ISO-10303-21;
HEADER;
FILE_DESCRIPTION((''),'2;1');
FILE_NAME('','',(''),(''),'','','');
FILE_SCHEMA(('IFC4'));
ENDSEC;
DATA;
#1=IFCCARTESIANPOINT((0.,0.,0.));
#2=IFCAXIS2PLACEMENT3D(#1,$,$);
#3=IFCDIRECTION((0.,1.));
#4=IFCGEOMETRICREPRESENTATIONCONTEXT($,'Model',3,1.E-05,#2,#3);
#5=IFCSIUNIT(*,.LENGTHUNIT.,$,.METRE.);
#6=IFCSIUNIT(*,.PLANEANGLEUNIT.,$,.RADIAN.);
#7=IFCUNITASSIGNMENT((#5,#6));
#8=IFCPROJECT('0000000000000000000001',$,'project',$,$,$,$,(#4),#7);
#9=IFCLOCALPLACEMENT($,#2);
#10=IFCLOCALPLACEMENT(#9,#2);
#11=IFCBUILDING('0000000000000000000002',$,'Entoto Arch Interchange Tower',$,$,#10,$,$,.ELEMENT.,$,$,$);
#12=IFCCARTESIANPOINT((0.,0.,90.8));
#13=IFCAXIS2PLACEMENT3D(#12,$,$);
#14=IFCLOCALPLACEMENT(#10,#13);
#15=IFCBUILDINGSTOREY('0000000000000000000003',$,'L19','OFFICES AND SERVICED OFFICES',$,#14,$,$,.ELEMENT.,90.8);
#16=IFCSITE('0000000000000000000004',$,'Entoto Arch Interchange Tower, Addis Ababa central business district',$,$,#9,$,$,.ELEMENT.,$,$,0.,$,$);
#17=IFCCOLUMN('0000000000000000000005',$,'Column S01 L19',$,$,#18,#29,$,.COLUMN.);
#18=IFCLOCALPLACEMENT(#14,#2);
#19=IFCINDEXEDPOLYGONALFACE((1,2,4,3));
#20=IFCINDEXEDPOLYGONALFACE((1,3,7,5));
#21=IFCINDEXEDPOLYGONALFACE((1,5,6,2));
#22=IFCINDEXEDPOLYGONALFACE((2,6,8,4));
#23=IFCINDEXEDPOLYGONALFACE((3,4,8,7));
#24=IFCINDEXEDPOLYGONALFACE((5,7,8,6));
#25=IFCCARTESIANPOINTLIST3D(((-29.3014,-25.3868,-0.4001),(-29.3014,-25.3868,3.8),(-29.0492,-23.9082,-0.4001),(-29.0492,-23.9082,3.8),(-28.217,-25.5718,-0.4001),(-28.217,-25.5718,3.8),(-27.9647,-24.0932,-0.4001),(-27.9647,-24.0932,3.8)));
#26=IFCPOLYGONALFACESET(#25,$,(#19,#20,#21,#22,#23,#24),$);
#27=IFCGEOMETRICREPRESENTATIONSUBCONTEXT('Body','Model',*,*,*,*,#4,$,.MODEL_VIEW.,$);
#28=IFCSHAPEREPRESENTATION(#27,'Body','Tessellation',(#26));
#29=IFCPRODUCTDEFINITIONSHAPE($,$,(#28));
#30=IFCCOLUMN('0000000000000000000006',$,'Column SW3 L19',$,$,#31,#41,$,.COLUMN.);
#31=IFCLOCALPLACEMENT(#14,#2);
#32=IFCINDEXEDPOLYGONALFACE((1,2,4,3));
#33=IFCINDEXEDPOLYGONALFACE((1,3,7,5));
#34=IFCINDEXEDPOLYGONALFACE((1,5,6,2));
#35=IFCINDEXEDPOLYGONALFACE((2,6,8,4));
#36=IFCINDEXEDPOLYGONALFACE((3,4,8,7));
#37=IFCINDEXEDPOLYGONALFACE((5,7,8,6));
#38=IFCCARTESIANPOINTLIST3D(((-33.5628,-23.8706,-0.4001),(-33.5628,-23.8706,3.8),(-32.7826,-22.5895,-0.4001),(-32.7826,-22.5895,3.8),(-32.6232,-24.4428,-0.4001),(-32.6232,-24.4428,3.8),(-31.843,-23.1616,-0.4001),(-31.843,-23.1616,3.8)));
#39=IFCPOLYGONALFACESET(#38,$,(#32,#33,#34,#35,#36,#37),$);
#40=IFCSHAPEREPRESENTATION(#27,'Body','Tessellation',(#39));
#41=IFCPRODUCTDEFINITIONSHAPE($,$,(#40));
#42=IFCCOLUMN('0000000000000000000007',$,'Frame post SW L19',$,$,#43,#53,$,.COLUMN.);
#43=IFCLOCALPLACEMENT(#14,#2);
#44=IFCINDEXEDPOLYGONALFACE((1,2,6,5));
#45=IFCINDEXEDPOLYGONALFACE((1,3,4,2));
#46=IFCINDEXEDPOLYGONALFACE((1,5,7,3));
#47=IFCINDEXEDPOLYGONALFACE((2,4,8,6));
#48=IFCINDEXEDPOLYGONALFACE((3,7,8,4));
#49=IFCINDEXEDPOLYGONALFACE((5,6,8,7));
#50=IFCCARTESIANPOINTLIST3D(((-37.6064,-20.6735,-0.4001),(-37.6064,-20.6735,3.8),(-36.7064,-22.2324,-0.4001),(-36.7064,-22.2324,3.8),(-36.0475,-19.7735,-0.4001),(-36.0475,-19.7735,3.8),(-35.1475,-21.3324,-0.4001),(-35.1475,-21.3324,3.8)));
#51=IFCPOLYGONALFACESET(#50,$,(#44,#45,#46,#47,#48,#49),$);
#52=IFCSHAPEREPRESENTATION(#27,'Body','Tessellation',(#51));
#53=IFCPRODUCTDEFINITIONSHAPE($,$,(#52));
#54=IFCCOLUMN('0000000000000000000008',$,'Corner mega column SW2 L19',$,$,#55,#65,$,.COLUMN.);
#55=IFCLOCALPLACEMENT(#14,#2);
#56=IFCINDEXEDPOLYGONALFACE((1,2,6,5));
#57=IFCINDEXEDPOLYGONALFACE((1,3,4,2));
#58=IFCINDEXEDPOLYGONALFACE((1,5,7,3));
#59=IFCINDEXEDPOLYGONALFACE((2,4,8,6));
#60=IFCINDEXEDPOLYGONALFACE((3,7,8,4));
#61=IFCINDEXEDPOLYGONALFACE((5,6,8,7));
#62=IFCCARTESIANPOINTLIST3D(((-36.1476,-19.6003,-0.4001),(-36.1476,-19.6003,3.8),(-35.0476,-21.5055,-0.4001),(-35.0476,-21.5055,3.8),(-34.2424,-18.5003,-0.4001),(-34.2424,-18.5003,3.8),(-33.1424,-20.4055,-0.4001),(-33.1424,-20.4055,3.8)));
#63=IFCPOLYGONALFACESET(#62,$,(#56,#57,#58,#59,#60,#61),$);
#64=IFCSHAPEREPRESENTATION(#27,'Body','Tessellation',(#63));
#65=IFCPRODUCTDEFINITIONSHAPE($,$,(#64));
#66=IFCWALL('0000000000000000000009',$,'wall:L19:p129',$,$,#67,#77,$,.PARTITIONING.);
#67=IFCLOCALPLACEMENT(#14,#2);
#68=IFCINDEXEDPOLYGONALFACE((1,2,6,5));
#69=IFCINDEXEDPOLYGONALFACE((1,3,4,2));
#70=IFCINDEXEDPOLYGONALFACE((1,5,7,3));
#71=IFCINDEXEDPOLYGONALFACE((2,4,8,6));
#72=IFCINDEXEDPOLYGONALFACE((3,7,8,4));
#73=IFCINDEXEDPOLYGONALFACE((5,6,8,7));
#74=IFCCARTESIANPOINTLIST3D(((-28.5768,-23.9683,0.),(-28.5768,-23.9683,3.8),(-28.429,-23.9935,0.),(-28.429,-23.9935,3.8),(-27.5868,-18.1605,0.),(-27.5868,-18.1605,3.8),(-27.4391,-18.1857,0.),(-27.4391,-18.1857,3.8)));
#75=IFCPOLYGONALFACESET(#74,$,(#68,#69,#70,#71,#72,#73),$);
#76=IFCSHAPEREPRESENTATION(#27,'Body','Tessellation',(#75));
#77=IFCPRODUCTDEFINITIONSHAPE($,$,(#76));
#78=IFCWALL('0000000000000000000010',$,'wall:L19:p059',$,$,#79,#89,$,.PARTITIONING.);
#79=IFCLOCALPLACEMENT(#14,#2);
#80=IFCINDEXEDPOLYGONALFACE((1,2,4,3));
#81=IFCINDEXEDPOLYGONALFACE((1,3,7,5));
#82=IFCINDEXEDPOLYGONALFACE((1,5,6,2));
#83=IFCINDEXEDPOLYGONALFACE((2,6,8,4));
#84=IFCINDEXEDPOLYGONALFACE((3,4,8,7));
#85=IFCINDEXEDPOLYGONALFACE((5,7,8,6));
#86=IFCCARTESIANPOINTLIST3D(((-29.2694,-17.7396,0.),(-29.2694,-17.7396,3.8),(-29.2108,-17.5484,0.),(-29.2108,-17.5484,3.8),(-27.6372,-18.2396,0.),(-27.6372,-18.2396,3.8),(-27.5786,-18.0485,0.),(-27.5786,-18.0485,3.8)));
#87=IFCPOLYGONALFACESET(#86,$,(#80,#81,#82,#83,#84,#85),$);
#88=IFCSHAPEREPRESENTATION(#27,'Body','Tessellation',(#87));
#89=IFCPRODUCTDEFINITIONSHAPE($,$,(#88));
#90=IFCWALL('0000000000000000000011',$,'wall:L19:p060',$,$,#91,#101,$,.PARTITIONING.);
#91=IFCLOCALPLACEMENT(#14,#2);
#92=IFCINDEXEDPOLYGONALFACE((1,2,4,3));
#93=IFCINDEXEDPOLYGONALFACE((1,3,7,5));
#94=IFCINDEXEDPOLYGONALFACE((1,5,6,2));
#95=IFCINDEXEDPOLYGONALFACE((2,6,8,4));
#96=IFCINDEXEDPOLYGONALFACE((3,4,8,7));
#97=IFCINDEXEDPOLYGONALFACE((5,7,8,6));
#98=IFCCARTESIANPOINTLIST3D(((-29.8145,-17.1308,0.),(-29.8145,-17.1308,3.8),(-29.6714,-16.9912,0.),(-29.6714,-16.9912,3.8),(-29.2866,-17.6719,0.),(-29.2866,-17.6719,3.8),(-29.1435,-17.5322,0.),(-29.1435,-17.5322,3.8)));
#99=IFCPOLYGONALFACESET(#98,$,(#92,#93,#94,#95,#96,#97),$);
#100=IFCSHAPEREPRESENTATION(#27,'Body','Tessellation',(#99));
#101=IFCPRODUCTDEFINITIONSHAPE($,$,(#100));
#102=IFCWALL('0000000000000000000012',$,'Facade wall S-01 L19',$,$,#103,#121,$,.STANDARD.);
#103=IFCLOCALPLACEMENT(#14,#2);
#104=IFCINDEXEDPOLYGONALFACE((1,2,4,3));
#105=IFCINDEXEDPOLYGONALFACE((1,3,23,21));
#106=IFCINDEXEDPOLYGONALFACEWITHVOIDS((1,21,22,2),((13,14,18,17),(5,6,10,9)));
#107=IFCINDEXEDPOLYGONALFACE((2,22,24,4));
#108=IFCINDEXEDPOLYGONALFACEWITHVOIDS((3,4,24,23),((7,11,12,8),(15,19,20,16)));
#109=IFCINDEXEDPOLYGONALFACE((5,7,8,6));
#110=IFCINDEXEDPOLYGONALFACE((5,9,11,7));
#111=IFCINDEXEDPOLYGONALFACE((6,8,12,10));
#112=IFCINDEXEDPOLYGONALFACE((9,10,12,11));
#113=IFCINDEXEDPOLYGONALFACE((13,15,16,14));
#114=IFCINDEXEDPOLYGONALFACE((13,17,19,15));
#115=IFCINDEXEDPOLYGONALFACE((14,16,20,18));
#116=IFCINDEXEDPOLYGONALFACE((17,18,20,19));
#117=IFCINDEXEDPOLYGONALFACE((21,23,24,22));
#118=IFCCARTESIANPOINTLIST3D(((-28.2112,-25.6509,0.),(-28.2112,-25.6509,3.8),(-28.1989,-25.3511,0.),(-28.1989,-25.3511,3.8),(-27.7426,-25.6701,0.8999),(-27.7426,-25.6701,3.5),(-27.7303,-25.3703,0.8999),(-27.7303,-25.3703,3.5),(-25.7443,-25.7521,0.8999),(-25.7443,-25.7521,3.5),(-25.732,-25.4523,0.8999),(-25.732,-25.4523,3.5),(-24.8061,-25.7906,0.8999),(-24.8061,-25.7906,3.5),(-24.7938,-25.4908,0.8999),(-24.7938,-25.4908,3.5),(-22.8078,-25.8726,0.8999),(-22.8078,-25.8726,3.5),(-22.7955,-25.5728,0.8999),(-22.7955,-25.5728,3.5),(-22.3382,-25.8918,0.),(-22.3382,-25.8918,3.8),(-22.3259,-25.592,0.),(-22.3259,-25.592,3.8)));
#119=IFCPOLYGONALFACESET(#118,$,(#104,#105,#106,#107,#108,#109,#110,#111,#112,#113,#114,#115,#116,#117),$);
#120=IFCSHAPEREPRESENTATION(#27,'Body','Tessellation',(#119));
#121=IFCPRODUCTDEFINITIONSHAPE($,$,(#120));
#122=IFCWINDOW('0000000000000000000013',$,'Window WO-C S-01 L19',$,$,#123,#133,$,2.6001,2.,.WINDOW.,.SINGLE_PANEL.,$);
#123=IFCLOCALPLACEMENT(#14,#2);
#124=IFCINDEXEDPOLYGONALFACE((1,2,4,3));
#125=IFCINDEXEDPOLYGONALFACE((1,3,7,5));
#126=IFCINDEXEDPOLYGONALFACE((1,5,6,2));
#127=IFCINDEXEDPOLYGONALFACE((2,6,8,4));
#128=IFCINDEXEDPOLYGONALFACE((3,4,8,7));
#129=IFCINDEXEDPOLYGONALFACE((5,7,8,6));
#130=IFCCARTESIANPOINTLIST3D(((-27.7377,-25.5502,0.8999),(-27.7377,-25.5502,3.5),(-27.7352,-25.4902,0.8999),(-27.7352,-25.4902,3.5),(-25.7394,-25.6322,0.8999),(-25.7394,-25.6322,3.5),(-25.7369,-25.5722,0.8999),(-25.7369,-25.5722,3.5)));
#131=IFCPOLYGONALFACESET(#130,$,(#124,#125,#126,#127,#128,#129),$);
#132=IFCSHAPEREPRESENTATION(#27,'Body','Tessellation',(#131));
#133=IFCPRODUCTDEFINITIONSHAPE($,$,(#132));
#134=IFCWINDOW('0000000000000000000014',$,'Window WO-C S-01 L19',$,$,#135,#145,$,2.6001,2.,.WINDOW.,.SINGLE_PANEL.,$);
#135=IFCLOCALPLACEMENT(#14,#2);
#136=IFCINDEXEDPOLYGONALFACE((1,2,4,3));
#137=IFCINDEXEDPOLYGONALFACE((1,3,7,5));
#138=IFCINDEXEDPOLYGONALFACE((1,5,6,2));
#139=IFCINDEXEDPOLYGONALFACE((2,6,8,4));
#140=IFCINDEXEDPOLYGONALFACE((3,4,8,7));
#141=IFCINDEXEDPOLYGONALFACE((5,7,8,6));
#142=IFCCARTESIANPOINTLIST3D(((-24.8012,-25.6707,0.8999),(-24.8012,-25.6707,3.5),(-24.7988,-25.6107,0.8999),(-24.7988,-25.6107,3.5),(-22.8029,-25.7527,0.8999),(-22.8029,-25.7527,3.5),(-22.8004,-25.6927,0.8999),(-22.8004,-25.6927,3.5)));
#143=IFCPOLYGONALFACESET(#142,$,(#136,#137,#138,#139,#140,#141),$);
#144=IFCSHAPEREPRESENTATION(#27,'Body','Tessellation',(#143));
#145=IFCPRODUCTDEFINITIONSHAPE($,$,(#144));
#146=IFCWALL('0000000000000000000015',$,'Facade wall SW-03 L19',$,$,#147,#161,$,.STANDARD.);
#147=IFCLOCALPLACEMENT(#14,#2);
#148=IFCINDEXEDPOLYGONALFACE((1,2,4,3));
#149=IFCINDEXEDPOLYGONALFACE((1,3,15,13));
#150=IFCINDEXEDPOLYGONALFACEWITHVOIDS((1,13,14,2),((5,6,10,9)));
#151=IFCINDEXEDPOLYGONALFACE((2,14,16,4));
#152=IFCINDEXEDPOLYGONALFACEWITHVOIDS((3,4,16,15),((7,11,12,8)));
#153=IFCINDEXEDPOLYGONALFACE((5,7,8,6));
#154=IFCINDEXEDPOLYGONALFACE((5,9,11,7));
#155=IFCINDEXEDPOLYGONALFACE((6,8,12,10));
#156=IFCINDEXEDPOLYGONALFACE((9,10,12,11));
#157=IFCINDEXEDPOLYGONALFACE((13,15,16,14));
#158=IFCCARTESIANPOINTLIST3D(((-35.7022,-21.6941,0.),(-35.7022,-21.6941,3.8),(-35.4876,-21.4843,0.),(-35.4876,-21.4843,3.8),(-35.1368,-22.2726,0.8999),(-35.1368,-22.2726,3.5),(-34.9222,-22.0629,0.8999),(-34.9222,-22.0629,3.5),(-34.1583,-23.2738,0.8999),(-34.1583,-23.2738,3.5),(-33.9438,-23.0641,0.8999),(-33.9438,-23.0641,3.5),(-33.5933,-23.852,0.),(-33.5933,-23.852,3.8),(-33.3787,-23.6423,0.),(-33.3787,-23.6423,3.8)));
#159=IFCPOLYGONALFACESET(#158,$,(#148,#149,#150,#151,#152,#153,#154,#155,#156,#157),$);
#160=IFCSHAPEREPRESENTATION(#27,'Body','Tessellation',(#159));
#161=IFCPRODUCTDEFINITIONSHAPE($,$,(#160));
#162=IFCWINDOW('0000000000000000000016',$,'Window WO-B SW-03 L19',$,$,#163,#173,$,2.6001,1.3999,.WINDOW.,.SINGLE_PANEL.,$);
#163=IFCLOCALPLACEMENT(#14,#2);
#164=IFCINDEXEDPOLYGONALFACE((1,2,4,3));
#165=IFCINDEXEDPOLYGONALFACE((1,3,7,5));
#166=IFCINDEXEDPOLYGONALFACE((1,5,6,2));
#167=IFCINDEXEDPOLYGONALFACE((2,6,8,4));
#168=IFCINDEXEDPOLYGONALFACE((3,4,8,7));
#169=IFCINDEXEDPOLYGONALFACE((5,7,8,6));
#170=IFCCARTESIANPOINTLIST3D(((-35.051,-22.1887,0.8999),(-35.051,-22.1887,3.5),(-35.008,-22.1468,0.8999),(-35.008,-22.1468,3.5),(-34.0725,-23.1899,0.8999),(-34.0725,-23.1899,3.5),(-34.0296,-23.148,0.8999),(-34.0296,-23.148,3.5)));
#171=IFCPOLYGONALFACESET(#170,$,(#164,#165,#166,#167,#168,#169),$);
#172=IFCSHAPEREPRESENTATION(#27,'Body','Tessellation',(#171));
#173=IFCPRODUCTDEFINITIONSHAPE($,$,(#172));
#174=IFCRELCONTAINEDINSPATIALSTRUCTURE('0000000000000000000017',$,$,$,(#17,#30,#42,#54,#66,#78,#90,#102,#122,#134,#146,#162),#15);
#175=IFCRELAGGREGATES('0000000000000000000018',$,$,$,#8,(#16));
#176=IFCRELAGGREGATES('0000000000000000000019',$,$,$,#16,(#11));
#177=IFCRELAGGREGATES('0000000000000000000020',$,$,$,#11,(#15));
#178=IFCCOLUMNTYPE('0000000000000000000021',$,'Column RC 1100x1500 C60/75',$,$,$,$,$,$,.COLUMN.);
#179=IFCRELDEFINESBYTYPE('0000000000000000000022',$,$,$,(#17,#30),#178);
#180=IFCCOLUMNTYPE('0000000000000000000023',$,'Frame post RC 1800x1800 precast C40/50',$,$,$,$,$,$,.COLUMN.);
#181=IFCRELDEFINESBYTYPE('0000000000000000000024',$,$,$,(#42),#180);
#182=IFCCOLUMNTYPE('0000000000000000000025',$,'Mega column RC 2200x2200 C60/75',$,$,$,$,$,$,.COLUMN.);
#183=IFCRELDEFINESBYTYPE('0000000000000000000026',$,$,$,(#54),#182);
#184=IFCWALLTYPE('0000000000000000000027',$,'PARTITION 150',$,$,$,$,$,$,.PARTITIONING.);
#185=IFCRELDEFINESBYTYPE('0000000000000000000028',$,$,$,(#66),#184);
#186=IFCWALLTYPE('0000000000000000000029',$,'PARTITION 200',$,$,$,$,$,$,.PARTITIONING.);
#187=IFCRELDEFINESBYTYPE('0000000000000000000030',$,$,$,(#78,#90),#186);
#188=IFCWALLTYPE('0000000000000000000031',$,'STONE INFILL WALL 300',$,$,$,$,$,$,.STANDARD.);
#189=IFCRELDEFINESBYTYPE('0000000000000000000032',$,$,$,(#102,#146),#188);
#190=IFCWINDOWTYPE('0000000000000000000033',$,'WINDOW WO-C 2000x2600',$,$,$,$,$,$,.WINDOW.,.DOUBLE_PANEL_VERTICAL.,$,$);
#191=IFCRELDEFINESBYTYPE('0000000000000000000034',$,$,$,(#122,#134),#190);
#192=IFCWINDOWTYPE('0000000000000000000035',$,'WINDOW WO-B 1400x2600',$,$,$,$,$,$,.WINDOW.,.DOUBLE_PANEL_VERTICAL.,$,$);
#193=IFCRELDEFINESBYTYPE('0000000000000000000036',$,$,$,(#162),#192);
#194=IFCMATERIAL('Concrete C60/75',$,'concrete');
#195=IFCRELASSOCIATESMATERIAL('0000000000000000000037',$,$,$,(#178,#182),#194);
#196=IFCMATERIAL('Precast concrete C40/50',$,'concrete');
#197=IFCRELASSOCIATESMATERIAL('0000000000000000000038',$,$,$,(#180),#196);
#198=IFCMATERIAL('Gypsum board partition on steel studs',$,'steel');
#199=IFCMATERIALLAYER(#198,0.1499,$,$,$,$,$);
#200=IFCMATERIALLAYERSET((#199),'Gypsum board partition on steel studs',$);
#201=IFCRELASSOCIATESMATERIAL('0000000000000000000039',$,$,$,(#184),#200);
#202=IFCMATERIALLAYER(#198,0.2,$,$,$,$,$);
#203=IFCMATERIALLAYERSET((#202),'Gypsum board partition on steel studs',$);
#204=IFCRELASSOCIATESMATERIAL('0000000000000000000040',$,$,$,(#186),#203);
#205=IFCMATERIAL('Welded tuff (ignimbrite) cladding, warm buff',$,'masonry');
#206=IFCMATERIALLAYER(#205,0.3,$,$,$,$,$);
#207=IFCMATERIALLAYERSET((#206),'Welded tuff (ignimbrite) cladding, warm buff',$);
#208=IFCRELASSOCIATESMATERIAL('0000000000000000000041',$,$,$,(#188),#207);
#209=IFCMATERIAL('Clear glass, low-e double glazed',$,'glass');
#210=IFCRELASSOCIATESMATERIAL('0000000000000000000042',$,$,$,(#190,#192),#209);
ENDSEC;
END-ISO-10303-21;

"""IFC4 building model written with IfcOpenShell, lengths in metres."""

from ifc_helpers import new_model, si_unit, direction, frame, frame_2d, origin, origin_2d, place, context, subcontext, project, spatial, rectangle, extrude, material, layer, layer_set, material_profile, profile_set, type_object, element, fill, save


model = new_model("IFC4")

# Units and contexts
model_context = context("Model", 3, precision=1e-05, world=origin(), true_north=direction((0.0, 1.0)))
body_context = subcontext(model_context, "Body", "Model", "MODEL_VIEW")
ifc_project = project(units=[si_unit("LENGTHUNIT", "METRE"), si_unit("PLANEANGLEUNIT", "RADIAN")], contexts=[model_context])

# Site, building, storey
site_placement = place(None, origin())
site = spatial("IfcSite", under=ifc_project, at=site_placement, Name="Entoto Arch Interchange Tower, Addis Ababa central business district", CompositionType="ELEMENT", RefElevation=0.0)
building_placement = place(site_placement, origin())
building = spatial("IfcBuilding", under=site, at=building_placement, Name="Entoto Arch Interchange Tower", CompositionType="ELEMENT")
storey_placement = place(building_placement, frame((0.0, 0.0, 90.8)))
storey = spatial("IfcBuildingStorey", under=building, at=storey_placement, Name="L19", Description="OFFICES AND SERVICED OFFICES", CompositionType="ELEMENT", Elevation=90.8)

# Columns
ifc_material_1 = material(Name="Concrete C60/75", Category="concrete")
ifc_material_profile_1 = material_profile(ifc_material_1, rectangle(XDim=1.1001, YDim=1.5, at=origin_2d()))
ifc_profile_set_1 = profile_set([ifc_material_profile_1], Name="Concrete C60/75")
column_type_1 = type_object("IfcColumnType", Name="Column RC 1100x1500 C60/75", PredefinedType="COLUMN", material=ifc_profile_set_1)
for number, where, z_axis, x_axis, name in (
    (1, (-28.6331, -24.74, -0.4001), (0.0, 0.0, 1.0), (-0.985759, 0.168162, 0.0), "Column S01 L19"),
    (2, (-32.7029, -23.5161, -0.4001), (0.0, 0.0, 1.0), (-0.854096, 0.520116, 0.0), "Column SW3 L19"),
):
    element("IfcColumn", number, at=place(storey_placement, frame(where, z_axis=z_axis, x_axis=x_axis)), inside=storey, type_object=column_type_1, Name=name, PredefinedType="COLUMN", context=body_context, shape_type="SweptSolid", body=[
        extrude(rectangle(XDim=1.1001, YDim=1.5, at=origin_2d()), origin(), (0.0, 0.0, 1.0), 4.2002),
    ])
ifc_material_2 = material(Name="Precast concrete C40/50", Category="concrete")
ifc_material_profile_2 = material_profile(ifc_material_2, rectangle(XDim=1.8, YDim=1.8, at=origin_2d()))
ifc_profile_set_2 = profile_set([ifc_material_profile_2], Name="Precast concrete C40/50")
column_type_2 = type_object("IfcColumnType", Name="Frame post RC 1800x1800 precast C40/50", PredefinedType="COLUMN", material=ifc_profile_set_2)
column_1_placement = place(storey_placement, frame((-36.377, -21.0029, -0.4001), z_axis=(0.0, 0.0, 1.0), x_axis=(0.866025, 0.5, 0.0)))
element("IfcColumn", 3, at=column_1_placement, inside=storey, type_object=column_type_2, Name="Frame post SW L19", PredefinedType="COLUMN", context=body_context, shape_type="SweptSolid", body=[
    extrude(rectangle(XDim=1.8, YDim=1.8, at=origin_2d()), origin(), (0.0, 0.0, 1.0), 4.2002),
])
ifc_material_profile_3 = material_profile(ifc_material_1, rectangle(XDim=2.2, YDim=2.2, at=origin_2d()))
ifc_profile_set_3 = profile_set([ifc_material_profile_3], Name="Concrete C60/75")
column_type_3 = type_object("IfcColumnType", Name="Mega column RC 2200x2200 C60/75", PredefinedType="COLUMN", material=ifc_profile_set_3)
column_2_placement = place(storey_placement, frame((-34.645, -20.0029, -0.4001), z_axis=(0.0, 0.0, 1.0), x_axis=(0.866025, 0.5, 0.0)))
element("IfcColumn", 4, at=column_2_placement, inside=storey, type_object=column_type_3, Name="Corner mega column SW2 L19", PredefinedType="COLUMN", context=body_context, shape_type="SweptSolid", body=[
    extrude(rectangle(XDim=2.2, YDim=2.2, at=origin_2d()), origin(), (0.0, 0.0, 1.0), 4.2002),
])

# Walls
ifc_material_3 = material(Name="Gypsum board partition on steel studs", Category="steel")
ifc_layer_1 = layer(ifc_material_3, 0.1499)
ifc_layer_set_1 = layer_set([ifc_layer_1], Name="Gypsum board partition on steel studs")
wall_type_1 = type_object("IfcWallType", Name="PARTITION 150", PredefinedType="PARTITIONING", material=ifc_layer_set_1)
wall_1_placement = place(storey_placement, frame((-27.5129, -18.1731, 0.0), z_axis=(0.0, 0.0, 1.0), x_axis=(-0.168033, -0.985781, 0.0)))
element("IfcWall", 5, at=wall_1_placement, inside=storey, type_object=wall_type_1, Name="wall:L19:p129", PredefinedType="PARTITIONING", context=body_context, shape_type="SweptSolid", body=[
    extrude(rectangle(XDim=5.8916, YDim=0.1499, at=frame_2d((2.9458, 0.0))), origin(), (0.0, 0.0, 1.0), 3.8),
])
ifc_layer_2 = layer(ifc_material_3, 0.2)
ifc_layer_set_2 = layer_set([ifc_layer_2], Name="Gypsum board partition on steel studs")
wall_type_2 = type_object("IfcWallType", Name="PARTITION 200", PredefinedType="PARTITIONING", material=ifc_layer_set_2)
wall_2_placement = place(storey_placement, frame((-27.6079, -18.144, 0.0), z_axis=(0.0, 0.0, 1.0), x_axis=(-0.956137, 0.29292, 0.0)))
element("IfcWall", 6, at=wall_2_placement, inside=storey, type_object=wall_type_2, Name="wall:L19:p059", PredefinedType="PARTITIONING", context=body_context, shape_type="SweptSolid", body=[
    extrude(rectangle(XDim=1.707, YDim=0.2, at=frame_2d((0.8535, 0.0))), origin(), (0.0, 0.0, 1.0), 3.8),
])
wall_3_placement = place(storey_placement, frame((-29.2151, -17.6021, 0.0), z_axis=(0.0, 0.0, 1.0), x_axis=(-0.698332, 0.715774, 0.0)))
element("IfcWall", 7, at=wall_3_placement, inside=storey, type_object=wall_type_2, Name="wall:L19:p060", PredefinedType="PARTITIONING", context=body_context, shape_type="SweptSolid", body=[
    extrude(rectangle(XDim=0.7559, YDim=0.2, at=frame_2d((0.3779, 0.0))), origin(), (0.0, 0.0, 1.0), 3.8),
])

# Wall, openings, windows
ifc_material_4 = material(Name="Welded tuff (ignimbrite) cladding, warm buff", Category="masonry")
ifc_layer_3 = layer(ifc_material_4, 0.3)
ifc_layer_set_3 = layer_set([ifc_layer_3], Name="Welded tuff (ignimbrite) cladding, warm buff")
wall_type_3 = type_object("IfcWallType", Name="STONE INFILL WALL 300", PredefinedType="STANDARD", material=ifc_layer_set_3)
wall_4_placement = place(storey_placement, frame((-28.2051, -25.501, 0.0), z_axis=(0.0, 0.0, 1.0), x_axis=(0.999159, -0.040995, 0.0)))
wall_4 = element("IfcWall", 8, at=wall_4_placement, inside=storey, type_object=wall_type_3, Name="Facade wall S-01 L19", PredefinedType="STANDARD", context=body_context, shape_type="SweptSolid", body=[
    extrude(rectangle(XDim=5.8779, YDim=0.3, at=frame_2d((2.939, 0.0))), origin(), (0.0, 0.0, 1.0), 3.8),
])
opening_1_placement = place(wall_4_placement, frame((0.469, 0.0, 0.8999)))
opening_1 = element("IfcOpeningElement", 9, at=opening_1_placement, cuts=wall_4, PredefinedType="OPENING", context=body_context, shape_type="SweptSolid", body=[
    extrude(rectangle(XDim=2.0, YDim=2.6001, at=frame_2d((1.0, 1.3))), frame((0.0, 0.1602, 0.0), z_axis=(0.0, -1.0, 0.0), x_axis=(1.0, 0.0, 0.0)), (0.0, 0.0, 1.0), 0.3201),
])
opening_2_placement = place(wall_4_placement, frame((3.408, 0.0, 0.8999)))
opening_2 = element("IfcOpeningElement", 10, at=opening_2_placement, cuts=wall_4, PredefinedType="OPENING", context=body_context, shape_type="SweptSolid", body=[
    extrude(rectangle(XDim=2.0, YDim=2.6001, at=frame_2d((1.0, 1.3))), frame((0.0, 0.1602, 0.0), z_axis=(0.0, -1.0, 0.0), x_axis=(1.0, 0.0, 0.0)), (0.0, 0.0, 1.0), 0.3201),
])
ifc_material_5 = material(Name="Clear glass, low-e double glazed", Category="glass")
window_type_1 = type_object("IfcWindowType", Name="WINDOW WO-C 2000x2600", PartitioningType="DOUBLE_PANEL_VERTICAL", PredefinedType="WINDOW", material=ifc_material_5)
window_1_placement = place(opening_1_placement, origin())
window_1 = element("IfcWindow", 11, at=window_1_placement, inside=storey, type_object=window_type_1, Name="Window WO-C S-01 L19", OverallHeight=2.6001, OverallWidth=2.0, PartitioningType="SINGLE_PANEL", PredefinedType="WINDOW", context=body_context, shape_type="SweptSolid", body=[
    extrude(rectangle(XDim=2.0, YDim=2.6001, at=frame_2d((1.0, 1.3))), frame((0.0, 0.03, 0.0), z_axis=(0.0, -1.0, 0.0), x_axis=(1.0, 0.0, 0.0)), (0.0, 0.0, 1.0), 0.0601),
])
fill(opening_1, window_1)
window_2_placement = place(opening_2_placement, origin())
window_2 = element("IfcWindow", 12, at=window_2_placement, inside=storey, type_object=window_type_1, Name="Window WO-C S-01 L19", OverallHeight=2.6001, OverallWidth=2.0, PartitioningType="SINGLE_PANEL", PredefinedType="WINDOW", context=body_context, shape_type="SweptSolid", body=[
    extrude(rectangle(XDim=2.0, YDim=2.6001, at=frame_2d((1.0, 1.3))), frame((0.0, 0.03, 0.0), z_axis=(0.0, -1.0, 0.0), x_axis=(1.0, 0.0, 0.0)), (0.0, 0.0, 1.0), 0.0601),
])
fill(opening_2, window_2)

# Wall, opening, window
wall_5_placement = place(storey_placement, frame((-35.595, -21.5891, 0.0), z_axis=(0.0, 0.0, 1.0), x_axis=(0.698928, -0.715192, 0.0)))
wall_5 = element("IfcWall", 13, at=wall_5_placement, inside=storey, type_object=wall_type_3, Name="Facade wall SW-03 L19", PredefinedType="STANDARD", context=body_context, shape_type="SweptSolid", body=[
    extrude(rectangle(XDim=3.0173, YDim=0.3, at=frame_2d((1.5088, 0.0))), origin(), (0.0, 0.0, 1.0), 3.8),
])
opening_3_placement = place(wall_5_placement, frame((0.8091, 0.0, 0.8999)))
opening_3 = element("IfcOpeningElement", 14, at=opening_3_placement, cuts=wall_5, PredefinedType="OPENING", context=body_context, shape_type="SweptSolid", body=[
    extrude(rectangle(XDim=1.3999, YDim=2.6001, at=frame_2d((0.7, 1.3))), frame((0.0, 0.1602, 0.0), z_axis=(0.0, -1.0, 0.0), x_axis=(1.0, 0.0, 0.0)), (0.0, 0.0, 1.0), 0.3201),
])
window_type_2 = type_object("IfcWindowType", Name="WINDOW WO-B 1400x2600", PartitioningType="DOUBLE_PANEL_VERTICAL", PredefinedType="WINDOW", material=ifc_material_5)
window_3_placement = place(opening_3_placement, origin())
window_3 = element("IfcWindow", 15, at=window_3_placement, inside=storey, type_object=window_type_2, Name="Window WO-B SW-03 L19", OverallHeight=2.6001, OverallWidth=1.3999, PartitioningType="SINGLE_PANEL", PredefinedType="WINDOW", context=body_context, shape_type="SweptSolid", body=[
    extrude(rectangle(XDim=1.3999, YDim=2.6001, at=frame_2d((0.7, 1.3))), frame((0.0, 0.03, 0.0), z_axis=(0.0, -1.0, 0.0), x_axis=(1.0, 0.0, 0.0)), (0.0, 0.0, 1.0), 0.0601),
])
fill(opening_3, window_3)

save(model, "model.ifc")
